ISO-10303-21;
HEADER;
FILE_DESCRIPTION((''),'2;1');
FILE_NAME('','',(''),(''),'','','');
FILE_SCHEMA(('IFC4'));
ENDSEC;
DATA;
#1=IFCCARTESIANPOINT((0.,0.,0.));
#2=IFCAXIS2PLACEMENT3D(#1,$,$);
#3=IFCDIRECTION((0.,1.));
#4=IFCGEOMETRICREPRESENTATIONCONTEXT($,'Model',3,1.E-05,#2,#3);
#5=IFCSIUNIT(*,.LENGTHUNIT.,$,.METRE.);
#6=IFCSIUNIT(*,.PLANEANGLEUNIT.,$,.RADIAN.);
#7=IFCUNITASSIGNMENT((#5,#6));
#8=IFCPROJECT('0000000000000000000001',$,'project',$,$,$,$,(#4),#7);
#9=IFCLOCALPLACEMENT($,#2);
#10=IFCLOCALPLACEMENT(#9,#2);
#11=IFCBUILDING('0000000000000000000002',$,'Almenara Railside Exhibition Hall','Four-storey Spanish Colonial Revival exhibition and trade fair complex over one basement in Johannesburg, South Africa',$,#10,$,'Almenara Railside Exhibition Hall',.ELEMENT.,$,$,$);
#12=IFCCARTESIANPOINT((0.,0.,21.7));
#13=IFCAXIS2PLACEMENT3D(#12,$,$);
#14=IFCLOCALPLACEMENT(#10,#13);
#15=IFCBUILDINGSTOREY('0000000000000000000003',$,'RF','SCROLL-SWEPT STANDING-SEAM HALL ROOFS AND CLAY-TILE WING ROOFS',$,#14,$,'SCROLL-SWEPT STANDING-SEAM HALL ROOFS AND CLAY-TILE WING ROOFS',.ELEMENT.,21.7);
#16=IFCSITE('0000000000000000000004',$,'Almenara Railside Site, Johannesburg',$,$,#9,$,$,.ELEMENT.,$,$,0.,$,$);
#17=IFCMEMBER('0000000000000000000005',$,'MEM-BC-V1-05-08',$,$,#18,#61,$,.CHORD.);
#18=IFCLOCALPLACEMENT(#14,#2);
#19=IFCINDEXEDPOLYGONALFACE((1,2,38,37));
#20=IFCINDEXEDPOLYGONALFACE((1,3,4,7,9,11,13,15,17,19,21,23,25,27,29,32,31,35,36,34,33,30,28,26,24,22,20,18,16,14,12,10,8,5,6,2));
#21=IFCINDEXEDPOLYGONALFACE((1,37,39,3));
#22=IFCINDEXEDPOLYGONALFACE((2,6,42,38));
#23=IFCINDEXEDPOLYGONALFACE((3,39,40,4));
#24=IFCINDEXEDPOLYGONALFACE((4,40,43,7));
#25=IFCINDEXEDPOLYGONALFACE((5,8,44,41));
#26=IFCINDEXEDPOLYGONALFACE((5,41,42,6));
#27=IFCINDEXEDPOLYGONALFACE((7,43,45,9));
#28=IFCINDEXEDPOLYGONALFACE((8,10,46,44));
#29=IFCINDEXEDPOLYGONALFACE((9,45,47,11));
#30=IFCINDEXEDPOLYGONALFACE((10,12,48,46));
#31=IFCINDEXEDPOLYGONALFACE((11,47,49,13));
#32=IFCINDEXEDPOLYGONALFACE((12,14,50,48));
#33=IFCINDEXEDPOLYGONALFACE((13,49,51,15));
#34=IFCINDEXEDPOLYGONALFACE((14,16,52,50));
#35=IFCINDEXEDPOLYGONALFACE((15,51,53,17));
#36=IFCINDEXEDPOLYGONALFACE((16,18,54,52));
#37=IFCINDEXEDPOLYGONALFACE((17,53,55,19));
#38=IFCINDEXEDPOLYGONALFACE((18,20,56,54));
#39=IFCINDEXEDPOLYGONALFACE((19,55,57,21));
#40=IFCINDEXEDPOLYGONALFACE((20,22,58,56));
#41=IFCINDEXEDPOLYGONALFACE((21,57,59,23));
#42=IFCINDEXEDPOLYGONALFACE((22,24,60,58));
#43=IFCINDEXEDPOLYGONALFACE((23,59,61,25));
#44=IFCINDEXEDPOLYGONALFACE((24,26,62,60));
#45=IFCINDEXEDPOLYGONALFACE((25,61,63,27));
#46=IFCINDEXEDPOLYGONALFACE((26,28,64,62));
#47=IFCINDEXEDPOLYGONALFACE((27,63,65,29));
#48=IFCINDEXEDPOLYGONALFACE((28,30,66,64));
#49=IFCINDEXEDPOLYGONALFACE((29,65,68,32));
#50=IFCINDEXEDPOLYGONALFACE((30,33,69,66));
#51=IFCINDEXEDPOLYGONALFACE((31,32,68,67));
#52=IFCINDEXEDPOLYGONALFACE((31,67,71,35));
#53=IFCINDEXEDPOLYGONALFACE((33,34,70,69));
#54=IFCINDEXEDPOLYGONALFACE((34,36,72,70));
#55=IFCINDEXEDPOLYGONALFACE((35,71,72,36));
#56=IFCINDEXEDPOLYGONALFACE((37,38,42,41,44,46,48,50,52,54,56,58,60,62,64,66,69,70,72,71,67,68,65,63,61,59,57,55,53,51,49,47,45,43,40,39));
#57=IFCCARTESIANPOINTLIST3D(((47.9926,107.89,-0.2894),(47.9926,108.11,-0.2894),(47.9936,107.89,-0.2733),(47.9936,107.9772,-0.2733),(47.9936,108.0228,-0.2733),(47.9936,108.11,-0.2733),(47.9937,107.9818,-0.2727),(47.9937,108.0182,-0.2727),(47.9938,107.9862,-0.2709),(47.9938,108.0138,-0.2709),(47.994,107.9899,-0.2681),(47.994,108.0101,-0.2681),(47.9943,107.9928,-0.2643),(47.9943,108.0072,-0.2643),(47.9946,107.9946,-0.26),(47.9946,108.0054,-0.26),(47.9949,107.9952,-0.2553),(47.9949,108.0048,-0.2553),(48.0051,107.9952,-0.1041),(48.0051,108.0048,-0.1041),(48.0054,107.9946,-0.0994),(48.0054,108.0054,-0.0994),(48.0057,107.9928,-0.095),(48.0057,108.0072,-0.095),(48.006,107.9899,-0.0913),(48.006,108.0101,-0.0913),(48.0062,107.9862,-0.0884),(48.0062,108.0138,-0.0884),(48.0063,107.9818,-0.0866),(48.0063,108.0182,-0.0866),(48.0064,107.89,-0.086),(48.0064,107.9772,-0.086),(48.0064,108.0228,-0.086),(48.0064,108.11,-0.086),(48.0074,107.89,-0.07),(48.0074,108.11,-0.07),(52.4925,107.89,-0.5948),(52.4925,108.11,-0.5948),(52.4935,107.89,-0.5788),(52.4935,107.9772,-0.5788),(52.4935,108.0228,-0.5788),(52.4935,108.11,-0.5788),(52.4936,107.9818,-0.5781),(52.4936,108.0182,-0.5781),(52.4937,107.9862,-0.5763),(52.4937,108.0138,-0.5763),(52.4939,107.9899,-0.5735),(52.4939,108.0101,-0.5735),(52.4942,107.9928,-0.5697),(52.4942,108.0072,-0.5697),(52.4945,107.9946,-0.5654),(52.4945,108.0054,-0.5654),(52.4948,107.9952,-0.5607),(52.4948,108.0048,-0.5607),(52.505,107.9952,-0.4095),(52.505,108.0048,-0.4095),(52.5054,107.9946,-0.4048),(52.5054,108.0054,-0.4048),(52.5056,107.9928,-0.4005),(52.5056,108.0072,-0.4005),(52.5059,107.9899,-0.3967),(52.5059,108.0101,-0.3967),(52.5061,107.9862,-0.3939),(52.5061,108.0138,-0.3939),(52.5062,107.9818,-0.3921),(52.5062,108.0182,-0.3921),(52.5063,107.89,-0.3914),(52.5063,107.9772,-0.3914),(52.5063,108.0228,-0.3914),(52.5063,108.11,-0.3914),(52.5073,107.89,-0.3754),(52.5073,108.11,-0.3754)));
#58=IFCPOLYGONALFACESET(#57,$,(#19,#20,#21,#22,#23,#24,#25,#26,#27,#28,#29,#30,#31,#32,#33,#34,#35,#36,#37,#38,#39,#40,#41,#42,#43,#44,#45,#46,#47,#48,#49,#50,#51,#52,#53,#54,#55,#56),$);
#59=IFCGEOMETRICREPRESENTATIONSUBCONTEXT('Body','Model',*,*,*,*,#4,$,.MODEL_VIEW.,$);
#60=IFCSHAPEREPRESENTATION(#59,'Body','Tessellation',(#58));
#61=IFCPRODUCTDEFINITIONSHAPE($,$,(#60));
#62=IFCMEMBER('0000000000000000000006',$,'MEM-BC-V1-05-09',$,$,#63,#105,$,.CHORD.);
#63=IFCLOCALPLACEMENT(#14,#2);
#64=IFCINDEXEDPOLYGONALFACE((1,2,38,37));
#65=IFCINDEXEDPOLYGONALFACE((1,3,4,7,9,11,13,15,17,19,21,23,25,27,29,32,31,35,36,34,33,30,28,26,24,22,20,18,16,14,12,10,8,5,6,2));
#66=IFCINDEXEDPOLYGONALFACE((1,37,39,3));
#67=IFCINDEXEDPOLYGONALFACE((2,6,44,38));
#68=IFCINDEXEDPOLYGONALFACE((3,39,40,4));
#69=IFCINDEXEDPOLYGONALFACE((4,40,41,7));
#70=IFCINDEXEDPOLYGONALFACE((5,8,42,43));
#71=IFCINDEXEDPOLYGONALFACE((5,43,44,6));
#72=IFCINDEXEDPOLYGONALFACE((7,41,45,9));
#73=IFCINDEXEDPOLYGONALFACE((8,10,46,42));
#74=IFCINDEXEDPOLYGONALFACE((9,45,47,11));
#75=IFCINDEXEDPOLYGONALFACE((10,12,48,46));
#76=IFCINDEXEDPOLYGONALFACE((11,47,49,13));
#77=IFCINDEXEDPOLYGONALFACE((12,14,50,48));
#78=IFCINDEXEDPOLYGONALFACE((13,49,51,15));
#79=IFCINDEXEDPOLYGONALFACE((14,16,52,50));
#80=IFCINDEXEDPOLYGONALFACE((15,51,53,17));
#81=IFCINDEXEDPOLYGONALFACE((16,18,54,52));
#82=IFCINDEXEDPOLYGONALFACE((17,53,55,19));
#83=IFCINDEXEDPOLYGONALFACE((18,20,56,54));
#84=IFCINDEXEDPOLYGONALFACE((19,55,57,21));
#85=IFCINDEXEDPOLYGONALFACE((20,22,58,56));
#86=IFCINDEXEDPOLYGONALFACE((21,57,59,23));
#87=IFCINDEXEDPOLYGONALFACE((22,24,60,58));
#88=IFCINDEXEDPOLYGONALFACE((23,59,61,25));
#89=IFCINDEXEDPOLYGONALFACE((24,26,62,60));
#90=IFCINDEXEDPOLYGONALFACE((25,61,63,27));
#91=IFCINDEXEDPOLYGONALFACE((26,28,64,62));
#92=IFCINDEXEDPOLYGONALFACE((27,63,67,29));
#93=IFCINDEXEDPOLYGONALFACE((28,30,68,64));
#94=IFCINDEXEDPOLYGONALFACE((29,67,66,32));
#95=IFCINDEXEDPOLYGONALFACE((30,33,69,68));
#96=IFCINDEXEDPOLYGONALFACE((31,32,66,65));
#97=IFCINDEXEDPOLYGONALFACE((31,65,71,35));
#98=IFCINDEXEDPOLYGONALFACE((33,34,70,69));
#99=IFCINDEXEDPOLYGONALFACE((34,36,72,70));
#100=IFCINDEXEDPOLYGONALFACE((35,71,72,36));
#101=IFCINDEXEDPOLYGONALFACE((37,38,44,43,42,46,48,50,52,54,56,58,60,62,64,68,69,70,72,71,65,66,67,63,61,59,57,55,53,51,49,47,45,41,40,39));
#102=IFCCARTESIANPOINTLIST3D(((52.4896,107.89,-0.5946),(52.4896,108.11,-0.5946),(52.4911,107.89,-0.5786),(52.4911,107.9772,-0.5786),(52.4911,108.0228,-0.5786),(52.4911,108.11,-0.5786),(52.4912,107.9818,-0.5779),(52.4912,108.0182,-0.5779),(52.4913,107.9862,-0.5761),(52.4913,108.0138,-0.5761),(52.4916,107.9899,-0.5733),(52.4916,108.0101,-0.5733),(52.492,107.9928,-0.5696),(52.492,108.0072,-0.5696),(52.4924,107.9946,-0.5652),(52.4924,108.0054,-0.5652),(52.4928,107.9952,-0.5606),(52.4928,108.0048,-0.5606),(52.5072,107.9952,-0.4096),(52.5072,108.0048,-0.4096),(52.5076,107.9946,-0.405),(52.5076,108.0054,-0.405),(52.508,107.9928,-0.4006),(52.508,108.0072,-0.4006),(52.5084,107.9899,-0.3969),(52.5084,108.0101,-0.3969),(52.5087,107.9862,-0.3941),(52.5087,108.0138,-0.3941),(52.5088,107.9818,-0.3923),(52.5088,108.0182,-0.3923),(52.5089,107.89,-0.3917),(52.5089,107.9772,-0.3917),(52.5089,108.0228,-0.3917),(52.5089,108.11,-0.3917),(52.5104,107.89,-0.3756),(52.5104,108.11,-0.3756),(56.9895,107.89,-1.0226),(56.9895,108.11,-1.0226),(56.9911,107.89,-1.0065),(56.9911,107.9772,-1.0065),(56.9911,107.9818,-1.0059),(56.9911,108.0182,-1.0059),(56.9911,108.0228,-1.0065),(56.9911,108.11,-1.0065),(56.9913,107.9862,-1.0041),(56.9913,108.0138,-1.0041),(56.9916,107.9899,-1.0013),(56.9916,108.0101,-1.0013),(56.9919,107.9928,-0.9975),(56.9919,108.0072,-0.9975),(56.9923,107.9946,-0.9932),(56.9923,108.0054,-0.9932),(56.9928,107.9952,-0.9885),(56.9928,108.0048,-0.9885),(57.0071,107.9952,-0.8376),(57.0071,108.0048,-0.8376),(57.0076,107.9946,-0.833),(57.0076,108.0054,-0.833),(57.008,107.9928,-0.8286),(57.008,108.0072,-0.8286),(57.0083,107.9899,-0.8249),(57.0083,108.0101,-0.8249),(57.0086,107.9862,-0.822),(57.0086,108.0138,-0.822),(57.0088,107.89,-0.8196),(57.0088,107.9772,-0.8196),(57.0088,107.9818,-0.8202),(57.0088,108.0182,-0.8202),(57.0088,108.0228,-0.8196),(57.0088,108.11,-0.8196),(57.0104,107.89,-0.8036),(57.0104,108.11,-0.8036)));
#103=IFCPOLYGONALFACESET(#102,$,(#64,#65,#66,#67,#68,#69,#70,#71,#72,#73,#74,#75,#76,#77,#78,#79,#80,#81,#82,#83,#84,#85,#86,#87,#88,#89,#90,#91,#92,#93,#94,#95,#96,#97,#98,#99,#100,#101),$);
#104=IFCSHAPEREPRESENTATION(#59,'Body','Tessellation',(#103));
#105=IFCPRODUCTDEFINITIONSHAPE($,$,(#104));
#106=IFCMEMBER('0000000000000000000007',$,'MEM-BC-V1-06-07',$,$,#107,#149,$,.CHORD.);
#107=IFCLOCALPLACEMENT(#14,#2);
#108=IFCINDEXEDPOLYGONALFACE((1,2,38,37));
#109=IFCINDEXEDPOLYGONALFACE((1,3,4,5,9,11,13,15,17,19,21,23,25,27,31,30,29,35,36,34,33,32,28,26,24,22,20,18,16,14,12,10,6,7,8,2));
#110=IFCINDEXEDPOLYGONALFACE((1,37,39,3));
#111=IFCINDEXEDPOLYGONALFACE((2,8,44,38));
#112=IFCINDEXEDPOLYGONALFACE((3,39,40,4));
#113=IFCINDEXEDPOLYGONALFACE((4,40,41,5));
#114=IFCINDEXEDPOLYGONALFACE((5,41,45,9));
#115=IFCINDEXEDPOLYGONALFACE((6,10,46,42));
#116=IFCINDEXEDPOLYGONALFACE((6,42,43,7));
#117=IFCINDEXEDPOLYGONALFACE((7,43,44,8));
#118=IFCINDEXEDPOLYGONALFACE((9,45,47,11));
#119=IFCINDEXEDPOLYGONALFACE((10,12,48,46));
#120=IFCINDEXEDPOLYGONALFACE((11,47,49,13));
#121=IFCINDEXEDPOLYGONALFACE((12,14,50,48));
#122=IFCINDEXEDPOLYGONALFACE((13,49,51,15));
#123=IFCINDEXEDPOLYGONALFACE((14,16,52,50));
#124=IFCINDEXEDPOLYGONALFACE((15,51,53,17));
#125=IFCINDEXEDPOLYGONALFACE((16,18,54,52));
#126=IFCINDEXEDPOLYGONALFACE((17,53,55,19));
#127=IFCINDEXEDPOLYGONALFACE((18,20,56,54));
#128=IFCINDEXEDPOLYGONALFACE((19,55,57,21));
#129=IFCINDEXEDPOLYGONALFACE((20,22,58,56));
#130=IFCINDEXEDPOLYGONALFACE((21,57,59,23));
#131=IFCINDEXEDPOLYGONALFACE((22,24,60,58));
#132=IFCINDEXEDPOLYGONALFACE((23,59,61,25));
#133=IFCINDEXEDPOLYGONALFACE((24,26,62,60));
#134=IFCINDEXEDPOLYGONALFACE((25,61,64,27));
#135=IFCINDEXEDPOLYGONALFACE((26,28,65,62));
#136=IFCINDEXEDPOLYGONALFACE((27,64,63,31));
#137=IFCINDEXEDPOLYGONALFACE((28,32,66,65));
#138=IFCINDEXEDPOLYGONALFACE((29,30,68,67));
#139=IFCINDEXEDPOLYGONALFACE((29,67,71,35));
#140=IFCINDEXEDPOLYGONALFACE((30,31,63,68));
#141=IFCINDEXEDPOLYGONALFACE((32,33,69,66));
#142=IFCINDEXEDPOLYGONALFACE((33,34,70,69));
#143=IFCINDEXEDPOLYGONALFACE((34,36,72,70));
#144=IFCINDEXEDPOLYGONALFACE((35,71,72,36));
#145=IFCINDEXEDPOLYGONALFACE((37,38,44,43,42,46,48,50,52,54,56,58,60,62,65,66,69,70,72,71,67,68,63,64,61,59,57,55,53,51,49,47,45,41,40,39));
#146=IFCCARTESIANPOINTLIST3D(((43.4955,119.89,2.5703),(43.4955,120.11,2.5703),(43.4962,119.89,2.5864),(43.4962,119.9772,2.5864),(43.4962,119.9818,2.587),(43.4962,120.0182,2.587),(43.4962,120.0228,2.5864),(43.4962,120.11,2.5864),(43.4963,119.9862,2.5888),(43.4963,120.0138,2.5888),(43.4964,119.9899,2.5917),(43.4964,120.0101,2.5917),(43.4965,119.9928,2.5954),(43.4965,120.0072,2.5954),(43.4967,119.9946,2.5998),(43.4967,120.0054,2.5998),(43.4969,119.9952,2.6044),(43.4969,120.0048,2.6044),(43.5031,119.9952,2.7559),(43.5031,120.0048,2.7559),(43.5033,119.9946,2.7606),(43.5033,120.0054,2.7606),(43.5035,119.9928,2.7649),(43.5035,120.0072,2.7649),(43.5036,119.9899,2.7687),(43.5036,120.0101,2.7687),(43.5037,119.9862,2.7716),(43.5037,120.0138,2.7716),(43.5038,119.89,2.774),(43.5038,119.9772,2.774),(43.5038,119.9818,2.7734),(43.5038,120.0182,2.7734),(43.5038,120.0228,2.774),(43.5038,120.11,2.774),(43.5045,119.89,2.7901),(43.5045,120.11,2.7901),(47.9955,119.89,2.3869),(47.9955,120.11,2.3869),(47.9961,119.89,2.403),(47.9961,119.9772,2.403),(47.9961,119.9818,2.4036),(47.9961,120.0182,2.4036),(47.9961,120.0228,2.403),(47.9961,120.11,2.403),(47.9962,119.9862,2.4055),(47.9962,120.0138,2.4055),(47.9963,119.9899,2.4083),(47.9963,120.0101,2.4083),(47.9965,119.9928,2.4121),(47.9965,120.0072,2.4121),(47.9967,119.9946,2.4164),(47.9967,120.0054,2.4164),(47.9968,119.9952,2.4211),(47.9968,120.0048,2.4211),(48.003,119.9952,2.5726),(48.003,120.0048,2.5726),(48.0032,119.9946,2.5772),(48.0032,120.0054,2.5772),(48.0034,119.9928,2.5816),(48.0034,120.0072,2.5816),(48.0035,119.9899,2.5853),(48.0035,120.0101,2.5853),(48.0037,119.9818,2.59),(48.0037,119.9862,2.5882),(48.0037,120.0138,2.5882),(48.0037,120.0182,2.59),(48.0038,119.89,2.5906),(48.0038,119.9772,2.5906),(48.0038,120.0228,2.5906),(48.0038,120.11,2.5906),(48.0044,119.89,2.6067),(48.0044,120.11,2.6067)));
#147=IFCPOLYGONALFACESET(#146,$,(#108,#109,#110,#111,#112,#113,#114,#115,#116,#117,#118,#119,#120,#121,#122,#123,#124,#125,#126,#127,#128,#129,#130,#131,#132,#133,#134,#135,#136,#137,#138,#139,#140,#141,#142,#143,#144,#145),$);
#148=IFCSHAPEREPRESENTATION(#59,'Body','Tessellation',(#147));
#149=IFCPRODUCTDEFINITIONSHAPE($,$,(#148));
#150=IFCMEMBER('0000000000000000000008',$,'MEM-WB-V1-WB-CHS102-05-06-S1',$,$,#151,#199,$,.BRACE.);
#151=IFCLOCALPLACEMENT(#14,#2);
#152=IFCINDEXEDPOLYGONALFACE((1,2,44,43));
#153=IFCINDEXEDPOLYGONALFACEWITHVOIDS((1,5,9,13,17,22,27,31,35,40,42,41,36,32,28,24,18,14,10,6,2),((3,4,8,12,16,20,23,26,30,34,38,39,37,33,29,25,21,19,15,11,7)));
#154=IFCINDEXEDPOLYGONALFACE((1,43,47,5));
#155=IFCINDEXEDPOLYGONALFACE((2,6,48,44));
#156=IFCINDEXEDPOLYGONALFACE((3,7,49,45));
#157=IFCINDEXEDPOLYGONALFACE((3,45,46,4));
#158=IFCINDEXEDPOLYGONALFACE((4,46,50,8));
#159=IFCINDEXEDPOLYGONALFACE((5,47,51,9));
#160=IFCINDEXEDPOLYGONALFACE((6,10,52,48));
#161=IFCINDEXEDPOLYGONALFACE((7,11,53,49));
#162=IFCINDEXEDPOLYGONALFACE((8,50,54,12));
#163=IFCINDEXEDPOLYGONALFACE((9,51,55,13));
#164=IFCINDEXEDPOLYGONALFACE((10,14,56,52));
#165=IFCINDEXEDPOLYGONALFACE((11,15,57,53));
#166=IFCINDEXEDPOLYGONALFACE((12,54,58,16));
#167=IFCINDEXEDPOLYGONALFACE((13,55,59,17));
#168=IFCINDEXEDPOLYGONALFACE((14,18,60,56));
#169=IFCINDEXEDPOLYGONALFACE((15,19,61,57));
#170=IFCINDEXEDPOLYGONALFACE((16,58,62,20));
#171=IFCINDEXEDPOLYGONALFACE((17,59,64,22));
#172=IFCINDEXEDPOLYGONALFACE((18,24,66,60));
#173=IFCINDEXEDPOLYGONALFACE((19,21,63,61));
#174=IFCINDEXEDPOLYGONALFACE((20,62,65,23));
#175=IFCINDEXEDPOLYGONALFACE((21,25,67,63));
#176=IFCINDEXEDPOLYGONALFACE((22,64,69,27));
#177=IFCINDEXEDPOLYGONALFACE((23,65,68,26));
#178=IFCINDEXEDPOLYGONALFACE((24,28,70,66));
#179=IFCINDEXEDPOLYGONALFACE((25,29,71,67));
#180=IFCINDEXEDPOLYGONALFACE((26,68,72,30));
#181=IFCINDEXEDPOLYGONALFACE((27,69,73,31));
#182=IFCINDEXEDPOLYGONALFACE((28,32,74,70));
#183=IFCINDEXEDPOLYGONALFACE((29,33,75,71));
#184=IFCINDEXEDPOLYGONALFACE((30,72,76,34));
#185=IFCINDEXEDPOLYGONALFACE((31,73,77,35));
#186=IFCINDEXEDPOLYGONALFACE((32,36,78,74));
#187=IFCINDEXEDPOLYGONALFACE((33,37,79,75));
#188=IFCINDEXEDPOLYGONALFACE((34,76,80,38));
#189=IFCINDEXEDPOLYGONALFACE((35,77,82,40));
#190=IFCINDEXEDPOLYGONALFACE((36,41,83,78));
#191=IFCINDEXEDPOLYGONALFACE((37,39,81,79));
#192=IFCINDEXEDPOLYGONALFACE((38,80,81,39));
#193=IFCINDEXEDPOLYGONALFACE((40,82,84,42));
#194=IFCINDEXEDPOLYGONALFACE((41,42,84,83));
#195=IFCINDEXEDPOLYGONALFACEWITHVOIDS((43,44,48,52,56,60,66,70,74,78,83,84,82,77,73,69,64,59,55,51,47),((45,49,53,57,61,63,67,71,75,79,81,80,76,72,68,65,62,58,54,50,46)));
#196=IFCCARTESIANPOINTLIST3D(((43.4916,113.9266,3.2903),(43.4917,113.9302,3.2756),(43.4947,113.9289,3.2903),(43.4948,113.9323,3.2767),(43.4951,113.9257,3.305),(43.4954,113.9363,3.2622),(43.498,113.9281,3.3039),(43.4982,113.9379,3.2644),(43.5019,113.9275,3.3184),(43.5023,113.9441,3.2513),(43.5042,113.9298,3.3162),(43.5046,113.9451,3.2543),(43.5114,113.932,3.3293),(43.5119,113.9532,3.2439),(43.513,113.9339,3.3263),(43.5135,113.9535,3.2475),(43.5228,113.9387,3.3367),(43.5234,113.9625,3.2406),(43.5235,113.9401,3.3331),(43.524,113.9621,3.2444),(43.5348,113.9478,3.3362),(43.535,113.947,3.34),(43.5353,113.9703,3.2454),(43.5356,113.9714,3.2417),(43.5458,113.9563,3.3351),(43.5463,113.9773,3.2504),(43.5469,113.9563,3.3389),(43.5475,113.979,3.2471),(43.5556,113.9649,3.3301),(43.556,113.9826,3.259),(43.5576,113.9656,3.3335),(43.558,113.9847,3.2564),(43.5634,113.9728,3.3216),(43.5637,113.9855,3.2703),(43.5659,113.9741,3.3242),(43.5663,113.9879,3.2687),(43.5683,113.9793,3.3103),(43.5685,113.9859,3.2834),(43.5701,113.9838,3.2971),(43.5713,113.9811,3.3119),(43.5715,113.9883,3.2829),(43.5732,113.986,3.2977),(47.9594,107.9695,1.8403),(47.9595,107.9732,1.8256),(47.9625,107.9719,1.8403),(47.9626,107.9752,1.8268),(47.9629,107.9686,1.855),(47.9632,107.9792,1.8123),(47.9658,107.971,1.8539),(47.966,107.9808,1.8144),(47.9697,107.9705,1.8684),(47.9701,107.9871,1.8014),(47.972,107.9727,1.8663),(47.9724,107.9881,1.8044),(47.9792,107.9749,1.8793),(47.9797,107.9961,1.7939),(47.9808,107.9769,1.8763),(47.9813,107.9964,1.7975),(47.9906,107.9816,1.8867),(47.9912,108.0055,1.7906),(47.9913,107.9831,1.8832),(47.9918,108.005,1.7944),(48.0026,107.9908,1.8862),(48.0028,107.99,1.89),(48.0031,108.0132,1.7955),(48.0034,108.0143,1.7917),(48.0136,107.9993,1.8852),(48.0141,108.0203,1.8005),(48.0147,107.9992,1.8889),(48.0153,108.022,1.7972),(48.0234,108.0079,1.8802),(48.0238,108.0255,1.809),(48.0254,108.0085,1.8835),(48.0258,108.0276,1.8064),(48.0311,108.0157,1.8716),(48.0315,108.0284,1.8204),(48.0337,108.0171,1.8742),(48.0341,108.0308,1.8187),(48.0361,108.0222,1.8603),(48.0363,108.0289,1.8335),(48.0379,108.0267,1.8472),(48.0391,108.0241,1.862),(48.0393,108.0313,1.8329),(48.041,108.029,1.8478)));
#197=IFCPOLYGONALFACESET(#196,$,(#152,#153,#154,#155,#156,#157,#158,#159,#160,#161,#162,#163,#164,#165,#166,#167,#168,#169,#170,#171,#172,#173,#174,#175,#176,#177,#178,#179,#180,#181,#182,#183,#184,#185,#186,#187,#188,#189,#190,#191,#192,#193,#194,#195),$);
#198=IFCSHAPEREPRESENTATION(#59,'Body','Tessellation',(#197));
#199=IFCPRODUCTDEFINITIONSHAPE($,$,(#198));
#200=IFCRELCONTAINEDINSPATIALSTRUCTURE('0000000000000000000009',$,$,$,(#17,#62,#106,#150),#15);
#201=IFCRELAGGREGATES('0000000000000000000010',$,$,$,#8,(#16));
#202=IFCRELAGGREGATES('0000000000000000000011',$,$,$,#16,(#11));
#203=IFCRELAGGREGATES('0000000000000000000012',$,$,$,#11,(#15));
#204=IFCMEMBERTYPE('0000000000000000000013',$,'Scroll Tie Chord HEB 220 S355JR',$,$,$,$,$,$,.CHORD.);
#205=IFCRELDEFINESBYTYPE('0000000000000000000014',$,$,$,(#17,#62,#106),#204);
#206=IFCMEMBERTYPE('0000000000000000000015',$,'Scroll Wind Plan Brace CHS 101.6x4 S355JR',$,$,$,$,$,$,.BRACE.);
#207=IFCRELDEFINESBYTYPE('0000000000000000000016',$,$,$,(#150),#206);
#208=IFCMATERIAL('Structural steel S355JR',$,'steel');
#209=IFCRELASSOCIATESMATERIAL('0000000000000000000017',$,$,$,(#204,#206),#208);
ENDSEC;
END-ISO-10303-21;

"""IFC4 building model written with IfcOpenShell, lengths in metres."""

from ifc_helpers import new_model, si_unit, direction, frame, origin, origin_2d, place, context, subcontext, project, spatial, hollow_circle, i_section, extrude, material, material_profile, profile_set, type_object, element, save


model = new_model("IFC4")

# Units and contexts
model_context = context("Model", 3, precision=1e-05, world=origin(), true_north=direction((0.0, 1.0)))
body_context = subcontext(model_context, "Body", "Model", "MODEL_VIEW")
ifc_project = project(units=[si_unit("LENGTHUNIT", "METRE"), si_unit("PLANEANGLEUNIT", "RADIAN")], contexts=[model_context])

# Site, building, storey
site_placement = place(None, origin())
site = spatial("IfcSite", under=ifc_project, at=site_placement, Name="Almenara Railside Site, Johannesburg", CompositionType="ELEMENT", RefElevation=0.0)
building_placement = place(site_placement, origin())
building = spatial("IfcBuilding", under=site, at=building_placement, Name="Almenara Railside Exhibition Hall", Description="Four-storey Spanish Colonial Revival exhibition and trade fair complex over one basement in Johannesburg, South Africa", LongName="Almenara Railside Exhibition Hall", CompositionType="ELEMENT")
storey_placement = place(building_placement, frame((0.0, 0.0, 21.7)))
storey = spatial("IfcBuildingStorey", under=building, at=storey_placement, Name="RF", Description="SCROLL-SWEPT STANDING-SEAM HALL ROOFS AND CLAY-TILE WING ROOFS", LongName="SCROLL-SWEPT STANDING-SEAM HALL ROOFS AND CLAY-TILE WING ROOFS", CompositionType="ELEMENT", Elevation=21.7)

# Members
ifc_material_1 = material(Name="Structural steel S355JR", Category="steel")
ifc_material_profile_1 = material_profile(ifc_material_1, i_section(OverallWidth=0.22, OverallDepth=0.22, WebThickness=0.0095, FlangeThickness=0.0161, FilletRadius=0.0181, at=origin_2d()), Name="HEB 220")
ifc_profile_set_1 = profile_set([ifc_material_profile_1], Name="Structural steel S355JR")
member_type_1 = type_object("IfcMemberType", Name="Scroll Tie Chord HEB 220 S355JR", PredefinedType="CHORD", material=ifc_profile_set_1)
member_1_placement = place(storey_placement, frame((48.0, 108.0, -0.1797), z_axis=(0.997705, 0.0, -0.067715), x_axis=(0.0, 1.0, 0.0)))
element("IfcMember", 1, at=member_1_placement, inside=storey, type_object=member_type_1, Name="MEM-BC-V1-05-08", PredefinedType="CHORD", context=body_context, shape_type="SweptSolid", body=[
    extrude(i_section(OverallWidth=0.22, OverallDepth=0.22, WebThickness=0.0095, FlangeThickness=0.0161, FilletRadius=0.0181, at=origin_2d()), origin(), (0.0, 0.0, 1.0), 4.5103),
])
member_2_placement = place(storey_placement, frame((52.5, 108.0, -0.4851), z_axis=(0.995508, 0.0, -0.094679), x_axis=(0.0, 1.0, 0.0)))
element("IfcMember", 2, at=member_2_placement, inside=storey, type_object=member_type_1, Name="MEM-BC-V1-05-09", PredefinedType="CHORD", context=body_context, shape_type="SweptSolid", body=[
    extrude(i_section(OverallWidth=0.22, OverallDepth=0.22, WebThickness=0.0095, FlangeThickness=0.0161, FilletRadius=0.0181, at=origin_2d()), origin(), (0.0, 0.0, 1.0), 4.5203),
])
member_3_placement = place(storey_placement, frame((43.5, 120.0, 2.6802), z_axis=(0.999171, 0.0, -0.040711), x_axis=(0.0, 1.0, 0.0)))
element("IfcMember", 3, at=member_3_placement, inside=storey, type_object=member_type_1, Name="MEM-BC-V1-06-07", PredefinedType="CHORD", context=body_context, shape_type="SweptSolid", body=[
    extrude(i_section(OverallWidth=0.22, OverallDepth=0.22, WebThickness=0.0095, FlangeThickness=0.0161, FilletRadius=0.0181, at=origin_2d()), origin(), (0.0, 0.0, 1.0), 4.5037),
])
ifc_material_profile_2 = material_profile(ifc_material_1, hollow_circle(Radius=0.0508, WallThickness=0.0039, at=origin_2d()), Name="CHS 101.6x4")
ifc_profile_set_2 = profile_set([ifc_material_profile_2], Name="Structural steel S355JR")
member_type_2 = type_object("IfcMemberType", Name="Scroll Wind Plan Brace CHS 101.6x4 S355JR", PredefinedType="BRACE", material=ifc_profile_set_2)
member_4_placement = place(storey_placement, frame((48.0, 108.0, 1.8403), z_axis=(-0.588939, 0.785252, 0.191132), x_axis=(-0.8, -0.6, 0.0)))
element("IfcMember", 4, at=member_4_placement, inside=storey, type_object=member_type_2, Name="MEM-WB-V1-WB-CHS102-05-06-S1", PredefinedType="BRACE", context=body_context, shape_type="SweptSolid", body=[
    extrude(hollow_circle(Radius=0.0508, WallThickness=0.0039, at=origin_2d()), origin(), (0.0, 0.0, 1.0), 7.5862),
])

save(model, "model.ifc")
